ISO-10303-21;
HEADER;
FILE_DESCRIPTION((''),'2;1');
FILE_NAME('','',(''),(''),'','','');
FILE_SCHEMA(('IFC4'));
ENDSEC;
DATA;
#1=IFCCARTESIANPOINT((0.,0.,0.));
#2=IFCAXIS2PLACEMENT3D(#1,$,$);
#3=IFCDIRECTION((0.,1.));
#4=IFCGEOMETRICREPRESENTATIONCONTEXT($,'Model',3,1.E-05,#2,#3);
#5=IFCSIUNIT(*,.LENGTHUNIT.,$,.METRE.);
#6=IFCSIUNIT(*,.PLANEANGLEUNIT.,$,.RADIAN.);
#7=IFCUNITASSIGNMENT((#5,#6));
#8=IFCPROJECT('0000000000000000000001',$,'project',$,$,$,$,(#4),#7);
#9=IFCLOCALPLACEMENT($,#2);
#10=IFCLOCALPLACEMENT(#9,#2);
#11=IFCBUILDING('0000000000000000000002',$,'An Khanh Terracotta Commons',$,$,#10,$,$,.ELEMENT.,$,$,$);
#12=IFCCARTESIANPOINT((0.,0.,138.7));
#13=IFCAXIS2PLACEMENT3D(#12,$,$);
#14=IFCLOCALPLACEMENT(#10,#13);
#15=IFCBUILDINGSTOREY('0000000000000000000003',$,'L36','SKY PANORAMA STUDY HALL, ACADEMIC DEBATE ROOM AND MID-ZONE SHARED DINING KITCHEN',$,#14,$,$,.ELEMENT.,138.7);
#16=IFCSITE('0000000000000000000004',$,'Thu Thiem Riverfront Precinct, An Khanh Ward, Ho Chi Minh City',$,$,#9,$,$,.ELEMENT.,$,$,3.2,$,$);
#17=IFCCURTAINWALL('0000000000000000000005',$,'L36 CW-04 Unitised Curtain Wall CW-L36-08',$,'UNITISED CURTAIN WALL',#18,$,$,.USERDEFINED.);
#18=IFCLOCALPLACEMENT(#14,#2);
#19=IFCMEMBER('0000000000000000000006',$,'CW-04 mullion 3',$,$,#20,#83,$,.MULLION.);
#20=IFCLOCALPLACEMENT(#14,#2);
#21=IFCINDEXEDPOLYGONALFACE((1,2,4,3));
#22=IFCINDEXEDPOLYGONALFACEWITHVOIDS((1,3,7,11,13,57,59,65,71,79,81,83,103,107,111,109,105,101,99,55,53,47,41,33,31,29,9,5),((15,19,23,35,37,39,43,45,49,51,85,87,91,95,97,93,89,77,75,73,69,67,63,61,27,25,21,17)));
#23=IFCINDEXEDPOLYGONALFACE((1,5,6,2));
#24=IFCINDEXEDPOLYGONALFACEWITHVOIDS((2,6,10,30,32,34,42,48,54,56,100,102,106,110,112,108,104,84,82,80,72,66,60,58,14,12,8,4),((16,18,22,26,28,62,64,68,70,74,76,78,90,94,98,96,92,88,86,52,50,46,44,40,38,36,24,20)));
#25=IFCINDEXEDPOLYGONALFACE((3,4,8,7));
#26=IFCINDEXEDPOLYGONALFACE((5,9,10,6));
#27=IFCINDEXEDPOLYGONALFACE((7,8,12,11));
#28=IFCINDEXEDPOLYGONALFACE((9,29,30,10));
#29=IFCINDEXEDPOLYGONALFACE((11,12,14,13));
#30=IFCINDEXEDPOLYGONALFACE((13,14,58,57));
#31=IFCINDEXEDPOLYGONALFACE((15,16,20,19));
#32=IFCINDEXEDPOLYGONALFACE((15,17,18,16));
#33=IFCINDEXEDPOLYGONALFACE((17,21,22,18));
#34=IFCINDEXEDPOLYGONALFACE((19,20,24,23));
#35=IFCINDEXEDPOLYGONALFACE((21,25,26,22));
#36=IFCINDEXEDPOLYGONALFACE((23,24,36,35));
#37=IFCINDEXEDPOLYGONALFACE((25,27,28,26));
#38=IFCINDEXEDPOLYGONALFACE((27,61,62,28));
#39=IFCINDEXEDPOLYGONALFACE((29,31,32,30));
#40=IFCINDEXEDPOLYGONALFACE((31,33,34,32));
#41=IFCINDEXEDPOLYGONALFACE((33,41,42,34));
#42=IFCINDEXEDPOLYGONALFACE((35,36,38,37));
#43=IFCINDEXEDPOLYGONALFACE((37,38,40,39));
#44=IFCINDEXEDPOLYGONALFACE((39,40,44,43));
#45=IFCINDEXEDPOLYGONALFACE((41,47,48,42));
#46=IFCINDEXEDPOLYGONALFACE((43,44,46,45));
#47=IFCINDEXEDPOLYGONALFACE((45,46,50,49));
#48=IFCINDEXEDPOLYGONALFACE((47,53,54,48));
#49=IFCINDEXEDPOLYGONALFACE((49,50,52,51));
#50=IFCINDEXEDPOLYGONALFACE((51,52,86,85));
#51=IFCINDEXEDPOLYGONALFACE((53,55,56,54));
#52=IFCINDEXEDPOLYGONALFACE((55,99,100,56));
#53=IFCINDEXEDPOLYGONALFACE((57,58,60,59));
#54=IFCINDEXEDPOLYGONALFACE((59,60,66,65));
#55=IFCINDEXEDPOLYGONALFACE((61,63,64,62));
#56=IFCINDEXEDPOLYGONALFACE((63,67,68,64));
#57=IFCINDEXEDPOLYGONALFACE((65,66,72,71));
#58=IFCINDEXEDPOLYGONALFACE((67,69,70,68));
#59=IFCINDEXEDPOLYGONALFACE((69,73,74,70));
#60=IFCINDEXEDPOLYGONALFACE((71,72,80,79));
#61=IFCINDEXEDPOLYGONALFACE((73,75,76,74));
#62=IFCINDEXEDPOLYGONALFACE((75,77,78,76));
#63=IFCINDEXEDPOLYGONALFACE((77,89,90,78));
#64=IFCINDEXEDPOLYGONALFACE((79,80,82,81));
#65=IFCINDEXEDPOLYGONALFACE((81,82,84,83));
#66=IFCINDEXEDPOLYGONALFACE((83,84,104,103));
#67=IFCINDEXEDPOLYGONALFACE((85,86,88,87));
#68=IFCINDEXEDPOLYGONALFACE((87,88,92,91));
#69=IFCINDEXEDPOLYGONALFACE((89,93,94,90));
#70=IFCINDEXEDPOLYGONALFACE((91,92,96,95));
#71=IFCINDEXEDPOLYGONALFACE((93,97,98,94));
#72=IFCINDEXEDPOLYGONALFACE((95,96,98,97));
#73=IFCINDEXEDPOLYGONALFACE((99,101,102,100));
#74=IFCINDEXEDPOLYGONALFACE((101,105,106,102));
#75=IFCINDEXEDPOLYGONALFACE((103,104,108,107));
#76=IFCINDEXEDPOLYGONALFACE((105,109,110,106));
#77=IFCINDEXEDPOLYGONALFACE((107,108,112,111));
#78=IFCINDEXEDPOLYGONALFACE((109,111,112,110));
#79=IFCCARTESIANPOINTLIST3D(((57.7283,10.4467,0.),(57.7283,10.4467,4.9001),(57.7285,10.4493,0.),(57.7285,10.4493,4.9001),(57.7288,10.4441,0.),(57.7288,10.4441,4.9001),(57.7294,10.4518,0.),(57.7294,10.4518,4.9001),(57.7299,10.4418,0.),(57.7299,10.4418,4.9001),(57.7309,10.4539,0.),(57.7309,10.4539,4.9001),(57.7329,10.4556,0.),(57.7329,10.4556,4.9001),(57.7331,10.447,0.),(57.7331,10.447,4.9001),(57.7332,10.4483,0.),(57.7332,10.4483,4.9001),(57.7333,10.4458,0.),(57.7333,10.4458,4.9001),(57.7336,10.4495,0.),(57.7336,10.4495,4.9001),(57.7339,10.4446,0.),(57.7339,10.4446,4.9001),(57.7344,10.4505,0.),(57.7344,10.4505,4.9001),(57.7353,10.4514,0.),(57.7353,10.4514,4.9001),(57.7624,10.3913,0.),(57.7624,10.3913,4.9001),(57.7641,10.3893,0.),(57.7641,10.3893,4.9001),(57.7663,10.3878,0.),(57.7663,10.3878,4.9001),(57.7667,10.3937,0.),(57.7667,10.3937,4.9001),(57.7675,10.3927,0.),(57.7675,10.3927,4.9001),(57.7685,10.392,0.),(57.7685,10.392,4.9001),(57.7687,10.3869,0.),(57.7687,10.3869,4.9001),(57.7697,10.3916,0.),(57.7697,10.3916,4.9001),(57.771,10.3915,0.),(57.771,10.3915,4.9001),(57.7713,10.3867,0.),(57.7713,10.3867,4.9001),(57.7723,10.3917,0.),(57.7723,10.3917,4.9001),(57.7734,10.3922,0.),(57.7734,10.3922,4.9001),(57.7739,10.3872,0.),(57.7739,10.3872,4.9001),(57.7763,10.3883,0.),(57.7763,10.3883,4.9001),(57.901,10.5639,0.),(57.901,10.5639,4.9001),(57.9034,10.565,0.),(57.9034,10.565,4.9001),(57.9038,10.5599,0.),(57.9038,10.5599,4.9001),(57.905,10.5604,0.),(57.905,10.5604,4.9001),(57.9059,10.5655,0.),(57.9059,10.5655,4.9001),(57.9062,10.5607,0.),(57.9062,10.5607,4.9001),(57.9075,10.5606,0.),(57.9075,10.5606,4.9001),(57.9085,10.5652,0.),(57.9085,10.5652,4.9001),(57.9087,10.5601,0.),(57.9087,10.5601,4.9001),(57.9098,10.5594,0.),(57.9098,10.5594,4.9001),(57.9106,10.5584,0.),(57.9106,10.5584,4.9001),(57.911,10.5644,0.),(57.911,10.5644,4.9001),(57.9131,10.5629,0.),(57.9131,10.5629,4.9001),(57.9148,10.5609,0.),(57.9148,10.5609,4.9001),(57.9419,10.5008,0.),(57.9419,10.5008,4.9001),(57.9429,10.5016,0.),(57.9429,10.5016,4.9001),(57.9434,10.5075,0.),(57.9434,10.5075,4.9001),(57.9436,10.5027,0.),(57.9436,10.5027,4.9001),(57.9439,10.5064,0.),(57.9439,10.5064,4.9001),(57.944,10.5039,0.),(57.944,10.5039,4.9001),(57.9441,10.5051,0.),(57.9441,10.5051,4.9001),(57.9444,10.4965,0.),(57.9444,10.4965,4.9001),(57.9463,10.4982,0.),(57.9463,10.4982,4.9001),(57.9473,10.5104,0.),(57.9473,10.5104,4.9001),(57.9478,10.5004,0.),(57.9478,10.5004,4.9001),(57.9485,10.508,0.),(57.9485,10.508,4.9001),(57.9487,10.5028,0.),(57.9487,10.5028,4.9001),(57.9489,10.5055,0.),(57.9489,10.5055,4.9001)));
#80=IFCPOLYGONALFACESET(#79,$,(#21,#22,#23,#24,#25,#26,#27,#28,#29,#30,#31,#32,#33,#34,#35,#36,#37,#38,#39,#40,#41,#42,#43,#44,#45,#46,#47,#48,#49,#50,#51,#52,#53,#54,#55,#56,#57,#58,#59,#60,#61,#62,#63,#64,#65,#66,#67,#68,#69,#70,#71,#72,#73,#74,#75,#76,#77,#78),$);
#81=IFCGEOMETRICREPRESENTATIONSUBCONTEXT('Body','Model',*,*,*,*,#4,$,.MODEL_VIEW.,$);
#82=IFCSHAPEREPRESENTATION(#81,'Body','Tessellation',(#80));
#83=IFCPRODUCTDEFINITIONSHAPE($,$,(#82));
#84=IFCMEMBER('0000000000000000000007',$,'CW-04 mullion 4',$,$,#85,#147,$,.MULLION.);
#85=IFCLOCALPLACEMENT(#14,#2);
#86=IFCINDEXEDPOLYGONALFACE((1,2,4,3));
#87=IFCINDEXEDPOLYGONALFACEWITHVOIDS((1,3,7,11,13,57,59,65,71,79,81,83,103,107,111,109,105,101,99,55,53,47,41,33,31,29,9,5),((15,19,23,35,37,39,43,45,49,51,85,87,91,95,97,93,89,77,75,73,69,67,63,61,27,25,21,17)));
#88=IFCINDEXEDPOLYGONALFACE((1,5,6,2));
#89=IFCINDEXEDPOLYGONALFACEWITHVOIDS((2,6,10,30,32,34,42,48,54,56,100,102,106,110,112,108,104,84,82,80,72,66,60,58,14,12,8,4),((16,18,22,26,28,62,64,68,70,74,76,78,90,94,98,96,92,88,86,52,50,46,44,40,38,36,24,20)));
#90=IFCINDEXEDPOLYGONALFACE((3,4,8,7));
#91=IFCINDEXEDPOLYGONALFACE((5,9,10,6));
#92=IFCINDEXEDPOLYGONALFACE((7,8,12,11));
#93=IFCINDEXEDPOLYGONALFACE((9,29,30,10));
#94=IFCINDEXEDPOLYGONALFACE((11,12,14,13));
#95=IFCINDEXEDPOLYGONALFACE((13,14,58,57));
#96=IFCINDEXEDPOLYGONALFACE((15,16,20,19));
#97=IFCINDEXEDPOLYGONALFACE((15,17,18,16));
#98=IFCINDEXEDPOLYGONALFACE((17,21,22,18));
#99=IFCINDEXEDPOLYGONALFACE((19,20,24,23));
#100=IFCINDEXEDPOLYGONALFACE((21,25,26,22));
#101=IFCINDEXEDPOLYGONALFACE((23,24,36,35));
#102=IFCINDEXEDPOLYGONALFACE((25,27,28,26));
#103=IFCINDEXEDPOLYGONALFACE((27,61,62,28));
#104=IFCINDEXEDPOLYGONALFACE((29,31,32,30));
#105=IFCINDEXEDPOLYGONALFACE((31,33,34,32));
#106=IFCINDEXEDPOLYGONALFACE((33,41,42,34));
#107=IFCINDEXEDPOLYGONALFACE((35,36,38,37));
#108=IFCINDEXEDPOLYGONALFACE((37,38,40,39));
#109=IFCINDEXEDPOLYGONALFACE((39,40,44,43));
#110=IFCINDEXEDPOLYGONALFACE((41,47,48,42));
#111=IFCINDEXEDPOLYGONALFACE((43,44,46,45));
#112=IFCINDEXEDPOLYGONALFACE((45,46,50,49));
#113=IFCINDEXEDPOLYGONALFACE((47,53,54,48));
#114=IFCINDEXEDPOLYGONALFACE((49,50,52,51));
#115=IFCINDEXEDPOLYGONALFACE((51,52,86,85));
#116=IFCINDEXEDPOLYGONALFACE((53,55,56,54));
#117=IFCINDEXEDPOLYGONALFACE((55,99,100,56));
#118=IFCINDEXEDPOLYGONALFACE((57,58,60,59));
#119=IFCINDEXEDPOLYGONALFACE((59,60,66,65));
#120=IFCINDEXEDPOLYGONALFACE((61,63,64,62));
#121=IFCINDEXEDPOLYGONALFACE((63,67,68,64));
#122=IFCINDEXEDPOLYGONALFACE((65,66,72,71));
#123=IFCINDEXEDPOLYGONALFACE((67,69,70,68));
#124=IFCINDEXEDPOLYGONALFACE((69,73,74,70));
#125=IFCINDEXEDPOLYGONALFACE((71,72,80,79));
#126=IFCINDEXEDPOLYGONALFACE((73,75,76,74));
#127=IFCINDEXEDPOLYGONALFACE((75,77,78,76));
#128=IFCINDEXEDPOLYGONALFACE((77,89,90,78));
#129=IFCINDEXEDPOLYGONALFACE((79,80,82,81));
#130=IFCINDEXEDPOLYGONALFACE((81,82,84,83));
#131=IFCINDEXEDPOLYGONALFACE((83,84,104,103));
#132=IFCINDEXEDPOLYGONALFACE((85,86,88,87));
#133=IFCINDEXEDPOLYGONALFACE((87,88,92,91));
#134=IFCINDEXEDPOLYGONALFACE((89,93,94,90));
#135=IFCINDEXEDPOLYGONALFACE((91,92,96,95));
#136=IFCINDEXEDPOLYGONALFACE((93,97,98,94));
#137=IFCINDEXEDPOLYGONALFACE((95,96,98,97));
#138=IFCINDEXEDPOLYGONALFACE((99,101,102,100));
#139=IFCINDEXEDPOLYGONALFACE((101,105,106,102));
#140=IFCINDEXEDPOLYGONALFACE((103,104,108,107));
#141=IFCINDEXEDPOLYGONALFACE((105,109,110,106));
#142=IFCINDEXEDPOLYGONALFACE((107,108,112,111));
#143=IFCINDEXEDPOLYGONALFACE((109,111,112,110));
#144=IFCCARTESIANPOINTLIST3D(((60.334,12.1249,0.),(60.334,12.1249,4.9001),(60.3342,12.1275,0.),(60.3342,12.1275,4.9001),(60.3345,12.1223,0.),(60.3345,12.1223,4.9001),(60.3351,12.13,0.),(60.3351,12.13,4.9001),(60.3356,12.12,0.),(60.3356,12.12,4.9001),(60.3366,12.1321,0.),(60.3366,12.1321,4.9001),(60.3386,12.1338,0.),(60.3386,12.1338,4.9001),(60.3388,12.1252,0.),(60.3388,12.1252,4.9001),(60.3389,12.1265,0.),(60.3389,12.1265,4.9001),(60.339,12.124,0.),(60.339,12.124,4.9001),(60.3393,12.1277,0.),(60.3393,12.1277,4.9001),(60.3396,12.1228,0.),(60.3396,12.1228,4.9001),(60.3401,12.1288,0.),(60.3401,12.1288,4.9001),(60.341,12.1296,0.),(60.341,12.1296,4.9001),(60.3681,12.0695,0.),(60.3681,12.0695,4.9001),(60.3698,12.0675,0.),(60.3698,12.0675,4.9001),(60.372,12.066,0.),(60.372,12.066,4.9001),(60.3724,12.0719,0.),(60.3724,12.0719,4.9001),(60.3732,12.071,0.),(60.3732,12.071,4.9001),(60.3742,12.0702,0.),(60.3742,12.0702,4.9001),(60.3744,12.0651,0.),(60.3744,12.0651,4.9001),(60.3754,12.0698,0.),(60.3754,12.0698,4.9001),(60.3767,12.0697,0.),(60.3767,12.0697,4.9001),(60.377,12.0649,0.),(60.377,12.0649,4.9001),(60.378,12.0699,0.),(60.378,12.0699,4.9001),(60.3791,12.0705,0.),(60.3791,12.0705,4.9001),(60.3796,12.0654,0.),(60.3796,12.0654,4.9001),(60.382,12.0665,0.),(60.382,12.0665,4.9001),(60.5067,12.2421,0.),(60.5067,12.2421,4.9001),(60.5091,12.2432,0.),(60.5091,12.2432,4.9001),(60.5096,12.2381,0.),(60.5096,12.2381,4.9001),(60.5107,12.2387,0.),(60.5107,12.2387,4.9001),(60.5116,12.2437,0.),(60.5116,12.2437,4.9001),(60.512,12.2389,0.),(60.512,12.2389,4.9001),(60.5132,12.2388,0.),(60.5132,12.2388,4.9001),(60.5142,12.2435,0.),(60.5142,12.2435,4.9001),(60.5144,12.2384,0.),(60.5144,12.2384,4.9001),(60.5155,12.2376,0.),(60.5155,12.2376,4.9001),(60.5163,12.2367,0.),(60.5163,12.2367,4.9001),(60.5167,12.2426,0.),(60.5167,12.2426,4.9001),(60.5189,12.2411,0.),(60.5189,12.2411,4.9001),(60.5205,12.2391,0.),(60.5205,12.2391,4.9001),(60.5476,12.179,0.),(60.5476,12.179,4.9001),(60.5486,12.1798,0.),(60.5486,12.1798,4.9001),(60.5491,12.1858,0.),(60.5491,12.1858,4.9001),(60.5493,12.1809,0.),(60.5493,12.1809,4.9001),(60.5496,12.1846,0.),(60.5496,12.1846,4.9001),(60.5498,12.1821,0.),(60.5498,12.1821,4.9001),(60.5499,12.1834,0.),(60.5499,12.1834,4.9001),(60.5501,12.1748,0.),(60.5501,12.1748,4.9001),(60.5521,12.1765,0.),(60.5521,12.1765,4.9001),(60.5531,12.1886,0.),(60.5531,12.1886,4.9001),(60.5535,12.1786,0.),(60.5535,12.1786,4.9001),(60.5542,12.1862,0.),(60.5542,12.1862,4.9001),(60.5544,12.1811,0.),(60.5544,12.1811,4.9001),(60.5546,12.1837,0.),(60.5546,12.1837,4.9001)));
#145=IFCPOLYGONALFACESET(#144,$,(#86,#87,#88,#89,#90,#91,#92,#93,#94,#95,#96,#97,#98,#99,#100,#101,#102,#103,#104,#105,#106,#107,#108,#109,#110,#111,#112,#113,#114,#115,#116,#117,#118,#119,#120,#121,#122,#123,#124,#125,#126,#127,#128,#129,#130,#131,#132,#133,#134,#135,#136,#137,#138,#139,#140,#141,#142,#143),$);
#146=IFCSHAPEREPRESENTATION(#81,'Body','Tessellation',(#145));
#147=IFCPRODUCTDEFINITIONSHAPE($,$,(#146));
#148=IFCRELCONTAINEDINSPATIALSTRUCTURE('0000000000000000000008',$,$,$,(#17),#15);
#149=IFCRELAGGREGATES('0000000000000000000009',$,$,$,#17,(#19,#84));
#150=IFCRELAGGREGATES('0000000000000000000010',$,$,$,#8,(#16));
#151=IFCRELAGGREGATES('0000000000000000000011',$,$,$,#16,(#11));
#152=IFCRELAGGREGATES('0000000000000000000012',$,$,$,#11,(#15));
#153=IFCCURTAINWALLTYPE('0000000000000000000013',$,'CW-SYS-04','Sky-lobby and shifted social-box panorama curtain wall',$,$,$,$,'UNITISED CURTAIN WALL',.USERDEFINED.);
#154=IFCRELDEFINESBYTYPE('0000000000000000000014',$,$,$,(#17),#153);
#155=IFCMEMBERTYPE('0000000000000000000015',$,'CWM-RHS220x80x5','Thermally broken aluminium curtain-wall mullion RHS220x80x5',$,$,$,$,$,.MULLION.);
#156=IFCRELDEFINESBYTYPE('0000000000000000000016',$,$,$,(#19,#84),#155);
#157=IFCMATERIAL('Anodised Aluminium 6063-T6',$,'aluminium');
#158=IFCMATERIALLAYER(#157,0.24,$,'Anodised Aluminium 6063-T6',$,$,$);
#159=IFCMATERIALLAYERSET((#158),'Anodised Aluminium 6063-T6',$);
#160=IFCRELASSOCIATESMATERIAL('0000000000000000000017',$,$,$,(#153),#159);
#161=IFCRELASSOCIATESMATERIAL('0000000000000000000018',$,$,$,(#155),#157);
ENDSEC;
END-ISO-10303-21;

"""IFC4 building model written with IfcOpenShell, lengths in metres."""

from ifc_helpers import new_model, si_unit, direction, frame, origin, origin_2d, place, context, subcontext, project, spatial, hollow_rectangle, extrude, material, layer, layer_set, material_profile, profile_set, type_object, element, aggregate, save


model = new_model("IFC4")

# Units and contexts
model_context = context("Model", 3, precision=1e-05, world=origin(), true_north=direction((0.0, 1.0)))
body_context = subcontext(model_context, "Body", "Model", "MODEL_VIEW")
ifc_project = project(units=[si_unit("LENGTHUNIT", "METRE"), si_unit("PLANEANGLEUNIT", "RADIAN")], contexts=[model_context])

# Site, building, storey
site_placement = place(None, origin())
site = spatial("IfcSite", under=ifc_project, at=site_placement, Name="Thu Thiem Riverfront Precinct, An Khanh Ward, Ho Chi Minh City", CompositionType="ELEMENT", RefElevation=3.2)
building_placement = place(site_placement, origin())
building = spatial("IfcBuilding", under=site, at=building_placement, Name="An Khanh Terracotta Commons", CompositionType="ELEMENT")
storey_placement = place(building_placement, frame((0.0, 0.0, 138.7)))
storey = spatial("IfcBuildingStorey", under=building, at=storey_placement, Name="L36", Description="SKY PANORAMA STUDY HALL, ACADEMIC DEBATE ROOM AND MID-ZONE SHARED DINING KITCHEN", CompositionType="ELEMENT", Elevation=138.7)

# Curtain wall, members
ifc_material_1 = material(Name="Anodised Aluminium 6063-T6", Category="aluminium")
ifc_layer_1 = layer(ifc_material_1, 0.24, Name="Anodised Aluminium 6063-T6")
ifc_layer_set_1 = layer_set([ifc_layer_1], Name="Anodised Aluminium 6063-T6")
curtain_wall_type = type_object("IfcCurtainWallType", Name="CW-SYS-04", Description="Sky-lobby and shifted social-box panorama curtain wall", ElementType="UNITISED CURTAIN WALL", PredefinedType="USERDEFINED", material=ifc_layer_set_1)
curtain_wall_1_placement = place(storey_placement, origin())
curtain_wall_1 = element("IfcCurtainWall", 1, at=curtain_wall_1_placement, inside=storey, type_object=curtain_wall_type, Name="L36 CW-04 Unitised Curtain Wall CW-L36-08", ObjectType="UNITISED CURTAIN WALL", PredefinedType="USERDEFINED")
ifc_material_profile_1 = material_profile(ifc_material_1, hollow_rectangle(XDim=0.0801, YDim=0.22, WallThickness=0.0049, InnerFilletRadius=0.0049, OuterFilletRadius=0.01, at=origin_2d()), Name="RHS220x80x5")
ifc_profile_set_1 = profile_set([ifc_material_profile_1], Name="Anodised Aluminium 6063-T6")
member_type_1 = type_object("IfcMemberType", Name="CWM-RHS220x80x5", Description="Thermally broken aluminium curtain-wall mullion RHS220x80x5", PredefinedType="MULLION", material=ifc_profile_set_1)
member_1_placement = place(storey_placement, frame((57.8386, 10.4761, 0.0), z_axis=(0.0, 0.0, 1.0), x_axis=(-0.541498, 0.840702, 0.0)))
member_1 = element("IfcMember", 2, at=member_1_placement, type_object=member_type_1, Name="CW-04 mullion 3", PredefinedType="MULLION", context=body_context, shape_type="SweptSolid", body=[
    extrude(hollow_rectangle(XDim=0.0801, YDim=0.22, WallThickness=0.0049, InnerFilletRadius=0.0049, OuterFilletRadius=0.01, at=origin_2d()), origin(), (0.0, 0.0, 1.0), 4.9001),
])
member_2_placement = place(storey_placement, frame((60.4443, 12.1543, 0.0), z_axis=(0.0, 0.0, 1.0), x_axis=(-0.541498, 0.840702, 0.0)))
member_2 = element("IfcMember", 3, at=member_2_placement, type_object=member_type_1, Name="CW-04 mullion 4", PredefinedType="MULLION", context=body_context, shape_type="SweptSolid", body=[
    extrude(hollow_rectangle(XDim=0.0801, YDim=0.22, WallThickness=0.0049, InnerFilletRadius=0.0049, OuterFilletRadius=0.01, at=origin_2d()), origin(), (0.0, 0.0, 1.0), 4.9001),
])

aggregate(curtain_wall_1, [member_1, member_2])

save(model, "model.ifc")
